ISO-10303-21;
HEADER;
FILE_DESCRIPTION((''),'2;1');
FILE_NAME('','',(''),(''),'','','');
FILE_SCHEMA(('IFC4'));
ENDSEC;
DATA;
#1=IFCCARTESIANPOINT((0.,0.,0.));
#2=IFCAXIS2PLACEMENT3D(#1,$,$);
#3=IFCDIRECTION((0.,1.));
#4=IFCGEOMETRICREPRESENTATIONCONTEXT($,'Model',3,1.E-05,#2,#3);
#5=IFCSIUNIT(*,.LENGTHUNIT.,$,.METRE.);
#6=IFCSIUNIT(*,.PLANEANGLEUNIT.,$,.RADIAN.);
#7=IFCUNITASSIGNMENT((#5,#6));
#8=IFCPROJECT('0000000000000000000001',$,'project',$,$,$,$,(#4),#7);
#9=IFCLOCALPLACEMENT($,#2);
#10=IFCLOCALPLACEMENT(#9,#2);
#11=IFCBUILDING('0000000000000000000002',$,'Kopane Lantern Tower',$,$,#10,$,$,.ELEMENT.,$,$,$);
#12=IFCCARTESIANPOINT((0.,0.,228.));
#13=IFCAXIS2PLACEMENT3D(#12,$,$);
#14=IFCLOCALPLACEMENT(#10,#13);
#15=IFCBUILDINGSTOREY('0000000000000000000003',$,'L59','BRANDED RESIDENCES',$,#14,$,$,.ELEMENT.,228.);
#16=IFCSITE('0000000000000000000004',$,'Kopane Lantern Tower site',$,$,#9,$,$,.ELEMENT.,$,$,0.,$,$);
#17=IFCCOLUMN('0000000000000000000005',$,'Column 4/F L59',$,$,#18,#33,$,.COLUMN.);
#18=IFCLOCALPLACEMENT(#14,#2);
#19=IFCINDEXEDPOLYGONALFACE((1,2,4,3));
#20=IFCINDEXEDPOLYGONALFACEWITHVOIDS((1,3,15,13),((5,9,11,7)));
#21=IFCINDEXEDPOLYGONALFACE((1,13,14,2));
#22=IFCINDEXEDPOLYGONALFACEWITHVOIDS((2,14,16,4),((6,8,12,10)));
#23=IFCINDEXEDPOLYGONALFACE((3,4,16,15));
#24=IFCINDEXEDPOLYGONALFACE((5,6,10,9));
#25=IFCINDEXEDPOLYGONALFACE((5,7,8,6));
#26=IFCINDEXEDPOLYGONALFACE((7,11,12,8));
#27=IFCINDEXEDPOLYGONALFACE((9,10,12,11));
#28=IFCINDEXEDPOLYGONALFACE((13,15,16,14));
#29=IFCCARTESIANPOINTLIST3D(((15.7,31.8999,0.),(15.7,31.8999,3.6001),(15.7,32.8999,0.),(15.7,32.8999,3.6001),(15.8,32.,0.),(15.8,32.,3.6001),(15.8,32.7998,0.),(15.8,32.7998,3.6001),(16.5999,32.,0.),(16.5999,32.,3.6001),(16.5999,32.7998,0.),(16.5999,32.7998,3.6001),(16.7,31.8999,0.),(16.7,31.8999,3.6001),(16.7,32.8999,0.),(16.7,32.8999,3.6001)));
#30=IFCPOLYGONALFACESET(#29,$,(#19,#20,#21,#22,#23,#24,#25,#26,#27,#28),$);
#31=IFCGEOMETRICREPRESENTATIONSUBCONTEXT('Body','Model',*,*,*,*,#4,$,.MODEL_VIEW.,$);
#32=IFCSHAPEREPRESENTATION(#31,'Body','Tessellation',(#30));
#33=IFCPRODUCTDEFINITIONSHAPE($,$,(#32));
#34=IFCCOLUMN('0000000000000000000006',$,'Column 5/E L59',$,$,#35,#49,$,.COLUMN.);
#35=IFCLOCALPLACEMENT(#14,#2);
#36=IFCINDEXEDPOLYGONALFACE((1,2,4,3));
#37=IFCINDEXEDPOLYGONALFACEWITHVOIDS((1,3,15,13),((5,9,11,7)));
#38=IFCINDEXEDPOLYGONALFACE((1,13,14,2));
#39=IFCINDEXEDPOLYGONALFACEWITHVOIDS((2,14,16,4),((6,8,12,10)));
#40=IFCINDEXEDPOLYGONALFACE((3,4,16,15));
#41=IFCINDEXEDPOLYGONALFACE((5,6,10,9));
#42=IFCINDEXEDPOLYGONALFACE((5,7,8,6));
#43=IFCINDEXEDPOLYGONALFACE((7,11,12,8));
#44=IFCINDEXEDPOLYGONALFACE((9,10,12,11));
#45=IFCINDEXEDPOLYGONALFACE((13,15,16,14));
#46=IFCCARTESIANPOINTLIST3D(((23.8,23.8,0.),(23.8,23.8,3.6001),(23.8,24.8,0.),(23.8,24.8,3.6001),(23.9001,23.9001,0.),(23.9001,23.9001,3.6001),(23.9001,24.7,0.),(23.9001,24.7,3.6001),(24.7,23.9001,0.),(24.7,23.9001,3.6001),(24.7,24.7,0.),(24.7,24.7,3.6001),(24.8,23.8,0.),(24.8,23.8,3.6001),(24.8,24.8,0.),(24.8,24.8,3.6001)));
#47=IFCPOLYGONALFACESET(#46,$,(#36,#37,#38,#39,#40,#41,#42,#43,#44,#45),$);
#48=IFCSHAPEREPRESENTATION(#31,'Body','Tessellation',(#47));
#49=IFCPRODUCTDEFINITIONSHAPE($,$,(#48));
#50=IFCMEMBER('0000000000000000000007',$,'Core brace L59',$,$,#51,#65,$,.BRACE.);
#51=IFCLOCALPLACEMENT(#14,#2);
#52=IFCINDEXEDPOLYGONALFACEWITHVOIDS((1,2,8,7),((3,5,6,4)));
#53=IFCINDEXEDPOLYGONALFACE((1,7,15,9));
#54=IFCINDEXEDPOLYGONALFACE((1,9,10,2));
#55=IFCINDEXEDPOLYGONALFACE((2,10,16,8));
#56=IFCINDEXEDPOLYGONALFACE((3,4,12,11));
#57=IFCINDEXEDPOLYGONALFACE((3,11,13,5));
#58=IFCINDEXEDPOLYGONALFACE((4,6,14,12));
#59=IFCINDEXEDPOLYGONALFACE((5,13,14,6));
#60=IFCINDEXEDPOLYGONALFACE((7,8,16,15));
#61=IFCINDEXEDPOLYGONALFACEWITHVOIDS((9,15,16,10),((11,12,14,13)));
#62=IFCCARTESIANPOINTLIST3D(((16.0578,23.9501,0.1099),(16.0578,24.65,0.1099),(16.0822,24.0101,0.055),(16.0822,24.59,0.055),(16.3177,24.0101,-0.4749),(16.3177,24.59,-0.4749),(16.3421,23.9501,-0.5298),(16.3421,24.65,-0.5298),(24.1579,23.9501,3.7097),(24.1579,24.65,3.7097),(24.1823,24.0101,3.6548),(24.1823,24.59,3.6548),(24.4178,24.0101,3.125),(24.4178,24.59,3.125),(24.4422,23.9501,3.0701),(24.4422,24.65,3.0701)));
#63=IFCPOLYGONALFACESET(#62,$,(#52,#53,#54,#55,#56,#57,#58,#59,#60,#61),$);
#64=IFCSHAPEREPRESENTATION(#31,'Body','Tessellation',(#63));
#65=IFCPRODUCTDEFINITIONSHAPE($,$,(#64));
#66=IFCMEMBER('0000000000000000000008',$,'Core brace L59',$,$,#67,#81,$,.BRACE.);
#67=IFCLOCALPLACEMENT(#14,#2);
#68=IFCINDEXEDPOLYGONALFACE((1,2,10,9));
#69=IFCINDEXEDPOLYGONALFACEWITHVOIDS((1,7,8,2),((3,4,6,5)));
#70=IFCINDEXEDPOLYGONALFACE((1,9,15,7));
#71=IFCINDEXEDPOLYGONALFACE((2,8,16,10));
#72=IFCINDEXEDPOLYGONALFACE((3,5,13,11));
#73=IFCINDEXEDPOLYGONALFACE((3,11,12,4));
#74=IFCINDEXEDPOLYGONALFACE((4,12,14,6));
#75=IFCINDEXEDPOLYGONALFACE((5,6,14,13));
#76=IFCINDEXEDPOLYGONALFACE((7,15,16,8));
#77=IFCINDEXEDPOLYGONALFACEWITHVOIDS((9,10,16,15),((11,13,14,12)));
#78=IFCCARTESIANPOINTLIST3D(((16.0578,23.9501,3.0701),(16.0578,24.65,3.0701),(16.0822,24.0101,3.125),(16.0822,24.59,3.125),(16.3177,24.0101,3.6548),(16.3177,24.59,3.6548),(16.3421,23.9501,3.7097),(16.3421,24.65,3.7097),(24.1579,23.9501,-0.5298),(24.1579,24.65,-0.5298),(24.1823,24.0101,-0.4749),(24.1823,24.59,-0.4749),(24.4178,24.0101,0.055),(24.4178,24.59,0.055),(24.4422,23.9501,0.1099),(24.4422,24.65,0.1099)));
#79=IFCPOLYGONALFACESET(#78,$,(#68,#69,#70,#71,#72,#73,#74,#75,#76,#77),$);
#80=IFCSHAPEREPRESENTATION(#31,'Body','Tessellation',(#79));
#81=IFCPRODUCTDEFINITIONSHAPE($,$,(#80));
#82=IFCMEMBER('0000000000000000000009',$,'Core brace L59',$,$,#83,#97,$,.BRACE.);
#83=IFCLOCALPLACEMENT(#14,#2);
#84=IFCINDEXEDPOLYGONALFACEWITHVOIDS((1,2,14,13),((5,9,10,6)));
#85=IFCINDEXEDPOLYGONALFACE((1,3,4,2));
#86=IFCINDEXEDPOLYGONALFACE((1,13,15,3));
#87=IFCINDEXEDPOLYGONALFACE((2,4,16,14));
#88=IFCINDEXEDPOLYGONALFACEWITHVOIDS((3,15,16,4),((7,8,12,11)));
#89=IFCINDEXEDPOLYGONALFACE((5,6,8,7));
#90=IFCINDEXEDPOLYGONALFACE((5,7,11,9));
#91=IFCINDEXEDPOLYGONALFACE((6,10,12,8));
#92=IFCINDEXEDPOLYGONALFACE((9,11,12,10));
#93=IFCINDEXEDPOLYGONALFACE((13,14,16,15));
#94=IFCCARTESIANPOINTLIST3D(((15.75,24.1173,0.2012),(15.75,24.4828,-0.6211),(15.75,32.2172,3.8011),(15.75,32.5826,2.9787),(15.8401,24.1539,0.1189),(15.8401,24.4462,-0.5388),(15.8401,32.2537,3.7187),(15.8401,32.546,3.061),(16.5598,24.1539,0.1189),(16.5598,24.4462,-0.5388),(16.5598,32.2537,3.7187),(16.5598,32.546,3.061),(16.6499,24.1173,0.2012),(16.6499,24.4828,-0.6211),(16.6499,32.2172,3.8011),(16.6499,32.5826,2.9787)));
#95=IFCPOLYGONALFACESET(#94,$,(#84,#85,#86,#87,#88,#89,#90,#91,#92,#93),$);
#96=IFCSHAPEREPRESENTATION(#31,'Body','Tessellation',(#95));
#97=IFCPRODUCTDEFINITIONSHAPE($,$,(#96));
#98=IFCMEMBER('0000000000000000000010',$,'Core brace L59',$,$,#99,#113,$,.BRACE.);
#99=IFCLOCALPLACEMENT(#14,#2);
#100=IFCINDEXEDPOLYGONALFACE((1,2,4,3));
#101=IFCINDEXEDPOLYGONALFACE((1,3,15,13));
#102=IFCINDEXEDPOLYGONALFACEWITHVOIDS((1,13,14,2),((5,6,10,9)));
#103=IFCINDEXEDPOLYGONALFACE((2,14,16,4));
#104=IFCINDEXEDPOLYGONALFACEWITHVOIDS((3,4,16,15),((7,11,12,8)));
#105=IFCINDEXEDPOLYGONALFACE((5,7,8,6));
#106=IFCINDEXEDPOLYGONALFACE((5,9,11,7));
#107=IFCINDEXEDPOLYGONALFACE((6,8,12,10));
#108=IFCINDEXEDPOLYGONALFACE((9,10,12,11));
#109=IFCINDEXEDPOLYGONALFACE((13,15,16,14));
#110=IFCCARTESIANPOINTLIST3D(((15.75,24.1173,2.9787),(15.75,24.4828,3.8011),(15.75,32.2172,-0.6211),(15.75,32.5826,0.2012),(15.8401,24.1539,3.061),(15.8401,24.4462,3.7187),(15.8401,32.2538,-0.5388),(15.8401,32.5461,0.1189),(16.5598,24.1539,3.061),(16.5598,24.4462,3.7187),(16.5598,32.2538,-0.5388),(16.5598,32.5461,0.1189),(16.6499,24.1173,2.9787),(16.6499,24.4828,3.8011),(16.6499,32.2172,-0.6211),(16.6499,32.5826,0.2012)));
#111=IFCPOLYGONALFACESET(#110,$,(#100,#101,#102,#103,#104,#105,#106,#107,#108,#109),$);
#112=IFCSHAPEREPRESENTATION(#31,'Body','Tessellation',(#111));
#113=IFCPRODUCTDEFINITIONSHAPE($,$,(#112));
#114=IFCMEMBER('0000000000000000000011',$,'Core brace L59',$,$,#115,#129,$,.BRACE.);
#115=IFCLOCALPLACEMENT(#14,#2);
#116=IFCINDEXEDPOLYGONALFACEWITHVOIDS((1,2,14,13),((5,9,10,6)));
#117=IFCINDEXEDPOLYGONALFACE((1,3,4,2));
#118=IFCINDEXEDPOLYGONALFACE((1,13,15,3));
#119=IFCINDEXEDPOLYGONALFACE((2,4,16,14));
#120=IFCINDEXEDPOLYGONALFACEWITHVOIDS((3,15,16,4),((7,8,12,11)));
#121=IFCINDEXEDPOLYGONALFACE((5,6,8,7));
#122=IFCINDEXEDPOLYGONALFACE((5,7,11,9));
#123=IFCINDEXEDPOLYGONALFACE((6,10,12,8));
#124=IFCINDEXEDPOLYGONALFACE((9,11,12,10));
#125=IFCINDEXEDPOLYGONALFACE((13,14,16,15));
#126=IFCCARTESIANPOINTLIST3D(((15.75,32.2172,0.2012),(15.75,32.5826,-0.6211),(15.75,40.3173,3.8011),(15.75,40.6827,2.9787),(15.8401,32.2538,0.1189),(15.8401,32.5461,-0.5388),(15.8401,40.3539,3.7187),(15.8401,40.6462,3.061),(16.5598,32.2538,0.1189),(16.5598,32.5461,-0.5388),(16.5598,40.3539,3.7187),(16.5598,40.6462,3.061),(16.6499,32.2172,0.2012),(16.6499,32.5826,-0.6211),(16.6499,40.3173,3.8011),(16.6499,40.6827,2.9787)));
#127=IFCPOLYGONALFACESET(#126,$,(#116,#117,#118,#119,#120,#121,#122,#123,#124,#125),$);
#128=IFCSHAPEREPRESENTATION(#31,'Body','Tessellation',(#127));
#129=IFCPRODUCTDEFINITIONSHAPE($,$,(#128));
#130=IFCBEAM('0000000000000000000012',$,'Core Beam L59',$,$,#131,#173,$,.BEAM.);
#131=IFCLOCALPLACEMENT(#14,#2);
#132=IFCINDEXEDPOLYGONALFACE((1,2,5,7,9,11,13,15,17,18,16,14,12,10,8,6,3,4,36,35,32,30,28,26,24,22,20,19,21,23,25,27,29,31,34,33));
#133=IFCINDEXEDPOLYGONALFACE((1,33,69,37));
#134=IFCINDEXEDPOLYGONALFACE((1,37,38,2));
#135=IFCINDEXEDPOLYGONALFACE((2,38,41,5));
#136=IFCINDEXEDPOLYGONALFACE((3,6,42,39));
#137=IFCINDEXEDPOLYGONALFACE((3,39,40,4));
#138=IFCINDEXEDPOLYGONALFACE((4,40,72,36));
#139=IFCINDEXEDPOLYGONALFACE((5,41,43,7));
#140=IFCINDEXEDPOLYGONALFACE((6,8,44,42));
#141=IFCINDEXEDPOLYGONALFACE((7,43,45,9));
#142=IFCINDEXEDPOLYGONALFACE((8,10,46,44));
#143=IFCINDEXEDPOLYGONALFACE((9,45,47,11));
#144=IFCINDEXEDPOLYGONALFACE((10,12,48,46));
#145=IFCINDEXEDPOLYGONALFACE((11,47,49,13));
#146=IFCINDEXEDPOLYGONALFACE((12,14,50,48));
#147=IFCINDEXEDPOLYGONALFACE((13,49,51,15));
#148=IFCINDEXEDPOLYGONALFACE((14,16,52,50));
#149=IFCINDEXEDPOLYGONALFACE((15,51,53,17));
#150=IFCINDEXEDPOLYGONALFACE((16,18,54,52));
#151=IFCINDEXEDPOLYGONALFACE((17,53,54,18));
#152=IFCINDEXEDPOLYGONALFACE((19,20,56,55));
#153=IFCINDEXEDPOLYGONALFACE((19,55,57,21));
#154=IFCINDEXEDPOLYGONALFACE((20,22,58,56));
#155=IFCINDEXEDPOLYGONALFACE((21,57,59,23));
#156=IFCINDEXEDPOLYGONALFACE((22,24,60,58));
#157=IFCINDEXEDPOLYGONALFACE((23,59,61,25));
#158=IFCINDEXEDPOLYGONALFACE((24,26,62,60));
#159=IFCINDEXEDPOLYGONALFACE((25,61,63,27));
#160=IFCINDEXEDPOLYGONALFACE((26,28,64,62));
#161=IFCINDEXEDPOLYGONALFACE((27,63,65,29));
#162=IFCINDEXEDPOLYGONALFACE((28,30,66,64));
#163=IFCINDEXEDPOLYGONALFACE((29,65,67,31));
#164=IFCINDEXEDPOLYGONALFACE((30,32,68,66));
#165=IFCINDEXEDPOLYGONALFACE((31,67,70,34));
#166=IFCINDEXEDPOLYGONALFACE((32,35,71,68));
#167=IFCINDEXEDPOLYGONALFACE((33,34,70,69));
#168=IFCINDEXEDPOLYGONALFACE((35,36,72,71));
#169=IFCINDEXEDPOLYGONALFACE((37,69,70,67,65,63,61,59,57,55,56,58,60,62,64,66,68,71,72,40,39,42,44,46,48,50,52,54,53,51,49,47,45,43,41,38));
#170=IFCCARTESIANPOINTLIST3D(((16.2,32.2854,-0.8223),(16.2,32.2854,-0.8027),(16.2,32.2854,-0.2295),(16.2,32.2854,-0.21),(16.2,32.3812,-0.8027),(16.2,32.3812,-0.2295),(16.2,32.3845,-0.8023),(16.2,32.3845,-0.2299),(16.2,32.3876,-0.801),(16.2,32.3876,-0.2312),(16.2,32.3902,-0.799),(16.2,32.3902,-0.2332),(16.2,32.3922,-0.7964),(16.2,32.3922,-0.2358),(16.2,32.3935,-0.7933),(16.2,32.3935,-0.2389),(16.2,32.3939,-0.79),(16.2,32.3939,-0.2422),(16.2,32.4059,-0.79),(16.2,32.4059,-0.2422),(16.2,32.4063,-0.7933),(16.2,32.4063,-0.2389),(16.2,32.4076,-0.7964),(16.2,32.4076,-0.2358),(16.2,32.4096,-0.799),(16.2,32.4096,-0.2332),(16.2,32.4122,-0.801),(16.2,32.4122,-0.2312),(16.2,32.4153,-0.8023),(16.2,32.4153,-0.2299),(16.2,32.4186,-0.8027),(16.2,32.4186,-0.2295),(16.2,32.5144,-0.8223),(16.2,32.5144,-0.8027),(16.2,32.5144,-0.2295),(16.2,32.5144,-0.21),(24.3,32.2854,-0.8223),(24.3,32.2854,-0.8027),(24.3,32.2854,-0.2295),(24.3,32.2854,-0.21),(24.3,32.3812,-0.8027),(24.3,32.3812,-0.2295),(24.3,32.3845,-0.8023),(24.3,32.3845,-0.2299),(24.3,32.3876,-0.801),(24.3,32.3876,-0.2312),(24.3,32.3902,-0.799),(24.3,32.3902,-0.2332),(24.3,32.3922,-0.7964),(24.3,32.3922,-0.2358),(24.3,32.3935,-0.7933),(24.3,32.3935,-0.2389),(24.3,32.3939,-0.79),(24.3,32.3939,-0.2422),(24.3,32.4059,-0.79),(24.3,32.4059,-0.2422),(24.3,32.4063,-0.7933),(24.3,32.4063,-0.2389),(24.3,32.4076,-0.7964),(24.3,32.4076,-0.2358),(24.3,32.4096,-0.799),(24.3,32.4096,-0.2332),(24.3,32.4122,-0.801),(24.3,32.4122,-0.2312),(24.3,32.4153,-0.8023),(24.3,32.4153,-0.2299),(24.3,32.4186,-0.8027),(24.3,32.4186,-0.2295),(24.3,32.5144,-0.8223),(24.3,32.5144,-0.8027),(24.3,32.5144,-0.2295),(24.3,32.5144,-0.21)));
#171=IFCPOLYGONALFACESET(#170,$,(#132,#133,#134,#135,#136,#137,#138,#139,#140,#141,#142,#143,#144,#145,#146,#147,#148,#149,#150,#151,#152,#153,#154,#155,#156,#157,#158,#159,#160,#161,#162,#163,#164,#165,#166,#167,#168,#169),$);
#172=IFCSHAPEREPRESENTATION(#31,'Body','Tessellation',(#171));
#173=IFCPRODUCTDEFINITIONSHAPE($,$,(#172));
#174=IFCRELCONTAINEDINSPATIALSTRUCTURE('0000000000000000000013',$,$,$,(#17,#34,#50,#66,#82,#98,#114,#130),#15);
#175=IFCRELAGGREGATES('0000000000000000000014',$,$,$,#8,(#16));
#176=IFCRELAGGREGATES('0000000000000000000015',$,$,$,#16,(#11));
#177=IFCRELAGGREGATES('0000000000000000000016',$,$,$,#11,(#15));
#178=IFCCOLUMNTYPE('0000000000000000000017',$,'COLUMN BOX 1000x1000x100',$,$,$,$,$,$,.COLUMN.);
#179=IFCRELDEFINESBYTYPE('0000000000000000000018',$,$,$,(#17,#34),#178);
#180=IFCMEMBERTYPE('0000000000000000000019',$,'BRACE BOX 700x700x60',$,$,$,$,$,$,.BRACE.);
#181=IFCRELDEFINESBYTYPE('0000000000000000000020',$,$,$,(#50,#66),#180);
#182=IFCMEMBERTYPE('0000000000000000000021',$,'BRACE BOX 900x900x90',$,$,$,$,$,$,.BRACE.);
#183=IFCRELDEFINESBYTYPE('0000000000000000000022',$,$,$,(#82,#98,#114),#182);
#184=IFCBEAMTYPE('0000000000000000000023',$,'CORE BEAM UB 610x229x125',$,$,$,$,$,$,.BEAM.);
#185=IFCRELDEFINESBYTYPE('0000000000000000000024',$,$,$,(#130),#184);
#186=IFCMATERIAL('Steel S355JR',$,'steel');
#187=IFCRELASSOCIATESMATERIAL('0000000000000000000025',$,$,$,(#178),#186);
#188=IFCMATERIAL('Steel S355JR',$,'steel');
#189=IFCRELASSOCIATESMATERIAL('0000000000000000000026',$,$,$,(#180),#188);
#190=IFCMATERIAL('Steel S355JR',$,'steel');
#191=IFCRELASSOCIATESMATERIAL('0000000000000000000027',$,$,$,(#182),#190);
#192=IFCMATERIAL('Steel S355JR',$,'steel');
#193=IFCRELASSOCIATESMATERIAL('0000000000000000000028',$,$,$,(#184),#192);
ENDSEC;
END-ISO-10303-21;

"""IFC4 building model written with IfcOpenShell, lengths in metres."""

from ifc_helpers import new_model, si_unit, direction, frame, origin, origin_2d, place, context, subcontext, project, spatial, hollow_rectangle, i_section, extrude, material, material_profile, profile_set, type_object, element, save


model = new_model("IFC4")

# Units and contexts
model_context = context("Model", 3, precision=1e-05, world=origin(), true_north=direction((0.0, 1.0)))
body_context = subcontext(model_context, "Body", "Model", "MODEL_VIEW")
ifc_project = project(units=[si_unit("LENGTHUNIT", "METRE"), si_unit("PLANEANGLEUNIT", "RADIAN")], contexts=[model_context])

# Site, building, storey
site_placement = place(None, origin())
site = spatial("IfcSite", under=ifc_project, at=site_placement, Name="Kopane Lantern Tower site", CompositionType="ELEMENT", RefElevation=0.0)
building_placement = place(site_placement, origin())
building = spatial("IfcBuilding", under=site, at=building_placement, Name="Kopane Lantern Tower", CompositionType="ELEMENT")
storey_placement = place(building_placement, frame((0.0, 0.0, 228.0)))
storey = spatial("IfcBuildingStorey", under=building, at=storey_placement, Name="L59", Description="BRANDED RESIDENCES", CompositionType="ELEMENT", Elevation=228.0)

# Columns
ifc_material_1 = material(Name="Steel S355JR", Category="steel")
ifc_material_profile_1 = material_profile(ifc_material_1, hollow_rectangle(XDim=1.0, YDim=1.0, WallThickness=0.1001, at=origin_2d()), Name="BOX 1000x1000x100")
ifc_profile_set_1 = profile_set([ifc_material_profile_1], Name="Steel S355JR")
column_type = type_object("IfcColumnType", Name="COLUMN BOX 1000x1000x100", PredefinedType="COLUMN", material=ifc_profile_set_1)
for number, where, z_axis, x_axis, name in (
    (1, (16.2, 32.3999, 0.0), (0.0, 0.0, 1.0), (1.0, 0.0, 0.0), "Column 4/F L59"),
    (2, (24.3, 24.3, 0.0), (0.0, 0.0, 1.0), (1.0, 0.0, 0.0), "Column 5/E L59"),
):
    element("IfcColumn", number, at=place(storey_placement, frame(where, z_axis=z_axis, x_axis=x_axis)), inside=storey, type_object=column_type, Name=name, PredefinedType="COLUMN", context=body_context, shape_type="SweptSolid", body=[
        extrude(hollow_rectangle(XDim=1.0, YDim=1.0, WallThickness=0.1001, at=origin_2d()), origin(), (0.0, 0.0, 1.0), 3.6001),
    ])

# Members
ifc_material_2 = material(Name="Steel S355JR", Category="steel")
ifc_material_profile_2 = material_profile(ifc_material_2, hollow_rectangle(XDim=0.7, YDim=0.7, WallThickness=0.0601, at=origin_2d()), Name="BOX 700x700x60")
ifc_profile_set_2 = profile_set([ifc_material_profile_2], Name="Steel S355JR")
member_type_1 = type_object("IfcMemberType", Name="BRACE BOX 700x700x60", PredefinedType="BRACE", material=ifc_profile_set_2)
for number, where, z_axis, x_axis, name in (
    (3, (16.2, 24.3, -0.21), (0.913819, 0.0, 0.406121), (0.0, 1.0, 0.0), "Core brace L59"),
    (4, (24.3, 24.3, -0.21), (-0.913819, 0.0, 0.406121), (0.0, -1.0, 0.0), "Core brace L59"),
):
    element("IfcMember", number, at=place(storey_placement, frame(where, z_axis=z_axis, x_axis=x_axis)), inside=storey, type_object=member_type_1, Name=name, PredefinedType="BRACE", context=body_context, shape_type="SweptSolid", body=[
        extrude(hollow_rectangle(XDim=0.7, YDim=0.7, WallThickness=0.0601, at=origin_2d()), origin(), (0.0, 0.0, 1.0), 8.864),
    ])
ifc_material_3 = material(Name="Steel S355JR", Category="steel")
ifc_material_profile_3 = material_profile(ifc_material_3, hollow_rectangle(XDim=0.8999, YDim=0.8999, WallThickness=0.0901, at=origin_2d()), Name="BOX 900x900x90")
ifc_profile_set_3 = profile_set([ifc_material_profile_3], Name="Steel S355JR")
member_type_2 = type_object("IfcMemberType", Name="BRACE BOX 900x900x90", PredefinedType="BRACE", material=ifc_profile_set_3)
for number, where, z_axis, x_axis, name in (
    (5, (16.2, 24.3, -0.21), (0.0, 0.913815, 0.406131), (-1.0, 0.0, 0.0), "Core brace L59"),
    (6, (16.2, 32.3999, -0.21), (0.0, -0.913815, 0.406131), (1.0, 0.0, 0.0), "Core brace L59"),
):
    element("IfcMember", number, at=place(storey_placement, frame(where, z_axis=z_axis, x_axis=x_axis)), inside=storey, type_object=member_type_2, Name=name, PredefinedType="BRACE", context=body_context, shape_type="SweptSolid", body=[
        extrude(hollow_rectangle(XDim=0.8999, YDim=0.8999, WallThickness=0.0901, at=origin_2d()), origin(), (0.0, 0.0, 1.0), 8.8638),
    ])
member_placement = place(storey_placement, frame((16.2, 32.3999, -0.21), z_axis=(0.0, 0.913819, 0.406121), x_axis=(-1.0, 0.0, 0.0)))
element("IfcMember", 7, at=member_placement, inside=storey, type_object=member_type_2, Name="Core brace L59", PredefinedType="BRACE", context=body_context, shape_type="SweptSolid", body=[
    extrude(hollow_rectangle(XDim=0.8999, YDim=0.8999, WallThickness=0.0901, at=origin_2d()), origin(), (0.0, 0.0, 1.0), 8.864),
])

# Beam
ifc_material_4 = material(Name="Steel S355JR", Category="steel")
ifc_material_profile_4 = material_profile(ifc_material_4, i_section(OverallWidth=0.229, OverallDepth=0.6123, WebThickness=0.012, FlangeThickness=0.0195, FilletRadius=0.0127, at=origin_2d()), Name="UB 610x229x125")
ifc_profile_set_4 = profile_set([ifc_material_profile_4], Name="Steel S355JR")
beam_type_1 = type_object("IfcBeamType", Name="CORE BEAM UB 610x229x125", PredefinedType="BEAM", material=ifc_profile_set_4)
beam_1_placement = place(storey_placement, frame((16.2, 32.3999, -0.5161), z_axis=(1.0, 0.0, 0.0), x_axis=(0.0, 1.0, 0.0)))
element("IfcBeam", 8, at=beam_1_placement, inside=storey, type_object=beam_type_1, Name="Core Beam L59", PredefinedType="BEAM", context=body_context, shape_type="SweptSolid", body=[
    extrude(i_section(OverallWidth=0.229, OverallDepth=0.6123, WebThickness=0.012, FlangeThickness=0.0195, FilletRadius=0.0127, at=origin_2d()), origin(), (0.0, 0.0, 1.0), 8.1001),
])

save(model, "model.ifc")
